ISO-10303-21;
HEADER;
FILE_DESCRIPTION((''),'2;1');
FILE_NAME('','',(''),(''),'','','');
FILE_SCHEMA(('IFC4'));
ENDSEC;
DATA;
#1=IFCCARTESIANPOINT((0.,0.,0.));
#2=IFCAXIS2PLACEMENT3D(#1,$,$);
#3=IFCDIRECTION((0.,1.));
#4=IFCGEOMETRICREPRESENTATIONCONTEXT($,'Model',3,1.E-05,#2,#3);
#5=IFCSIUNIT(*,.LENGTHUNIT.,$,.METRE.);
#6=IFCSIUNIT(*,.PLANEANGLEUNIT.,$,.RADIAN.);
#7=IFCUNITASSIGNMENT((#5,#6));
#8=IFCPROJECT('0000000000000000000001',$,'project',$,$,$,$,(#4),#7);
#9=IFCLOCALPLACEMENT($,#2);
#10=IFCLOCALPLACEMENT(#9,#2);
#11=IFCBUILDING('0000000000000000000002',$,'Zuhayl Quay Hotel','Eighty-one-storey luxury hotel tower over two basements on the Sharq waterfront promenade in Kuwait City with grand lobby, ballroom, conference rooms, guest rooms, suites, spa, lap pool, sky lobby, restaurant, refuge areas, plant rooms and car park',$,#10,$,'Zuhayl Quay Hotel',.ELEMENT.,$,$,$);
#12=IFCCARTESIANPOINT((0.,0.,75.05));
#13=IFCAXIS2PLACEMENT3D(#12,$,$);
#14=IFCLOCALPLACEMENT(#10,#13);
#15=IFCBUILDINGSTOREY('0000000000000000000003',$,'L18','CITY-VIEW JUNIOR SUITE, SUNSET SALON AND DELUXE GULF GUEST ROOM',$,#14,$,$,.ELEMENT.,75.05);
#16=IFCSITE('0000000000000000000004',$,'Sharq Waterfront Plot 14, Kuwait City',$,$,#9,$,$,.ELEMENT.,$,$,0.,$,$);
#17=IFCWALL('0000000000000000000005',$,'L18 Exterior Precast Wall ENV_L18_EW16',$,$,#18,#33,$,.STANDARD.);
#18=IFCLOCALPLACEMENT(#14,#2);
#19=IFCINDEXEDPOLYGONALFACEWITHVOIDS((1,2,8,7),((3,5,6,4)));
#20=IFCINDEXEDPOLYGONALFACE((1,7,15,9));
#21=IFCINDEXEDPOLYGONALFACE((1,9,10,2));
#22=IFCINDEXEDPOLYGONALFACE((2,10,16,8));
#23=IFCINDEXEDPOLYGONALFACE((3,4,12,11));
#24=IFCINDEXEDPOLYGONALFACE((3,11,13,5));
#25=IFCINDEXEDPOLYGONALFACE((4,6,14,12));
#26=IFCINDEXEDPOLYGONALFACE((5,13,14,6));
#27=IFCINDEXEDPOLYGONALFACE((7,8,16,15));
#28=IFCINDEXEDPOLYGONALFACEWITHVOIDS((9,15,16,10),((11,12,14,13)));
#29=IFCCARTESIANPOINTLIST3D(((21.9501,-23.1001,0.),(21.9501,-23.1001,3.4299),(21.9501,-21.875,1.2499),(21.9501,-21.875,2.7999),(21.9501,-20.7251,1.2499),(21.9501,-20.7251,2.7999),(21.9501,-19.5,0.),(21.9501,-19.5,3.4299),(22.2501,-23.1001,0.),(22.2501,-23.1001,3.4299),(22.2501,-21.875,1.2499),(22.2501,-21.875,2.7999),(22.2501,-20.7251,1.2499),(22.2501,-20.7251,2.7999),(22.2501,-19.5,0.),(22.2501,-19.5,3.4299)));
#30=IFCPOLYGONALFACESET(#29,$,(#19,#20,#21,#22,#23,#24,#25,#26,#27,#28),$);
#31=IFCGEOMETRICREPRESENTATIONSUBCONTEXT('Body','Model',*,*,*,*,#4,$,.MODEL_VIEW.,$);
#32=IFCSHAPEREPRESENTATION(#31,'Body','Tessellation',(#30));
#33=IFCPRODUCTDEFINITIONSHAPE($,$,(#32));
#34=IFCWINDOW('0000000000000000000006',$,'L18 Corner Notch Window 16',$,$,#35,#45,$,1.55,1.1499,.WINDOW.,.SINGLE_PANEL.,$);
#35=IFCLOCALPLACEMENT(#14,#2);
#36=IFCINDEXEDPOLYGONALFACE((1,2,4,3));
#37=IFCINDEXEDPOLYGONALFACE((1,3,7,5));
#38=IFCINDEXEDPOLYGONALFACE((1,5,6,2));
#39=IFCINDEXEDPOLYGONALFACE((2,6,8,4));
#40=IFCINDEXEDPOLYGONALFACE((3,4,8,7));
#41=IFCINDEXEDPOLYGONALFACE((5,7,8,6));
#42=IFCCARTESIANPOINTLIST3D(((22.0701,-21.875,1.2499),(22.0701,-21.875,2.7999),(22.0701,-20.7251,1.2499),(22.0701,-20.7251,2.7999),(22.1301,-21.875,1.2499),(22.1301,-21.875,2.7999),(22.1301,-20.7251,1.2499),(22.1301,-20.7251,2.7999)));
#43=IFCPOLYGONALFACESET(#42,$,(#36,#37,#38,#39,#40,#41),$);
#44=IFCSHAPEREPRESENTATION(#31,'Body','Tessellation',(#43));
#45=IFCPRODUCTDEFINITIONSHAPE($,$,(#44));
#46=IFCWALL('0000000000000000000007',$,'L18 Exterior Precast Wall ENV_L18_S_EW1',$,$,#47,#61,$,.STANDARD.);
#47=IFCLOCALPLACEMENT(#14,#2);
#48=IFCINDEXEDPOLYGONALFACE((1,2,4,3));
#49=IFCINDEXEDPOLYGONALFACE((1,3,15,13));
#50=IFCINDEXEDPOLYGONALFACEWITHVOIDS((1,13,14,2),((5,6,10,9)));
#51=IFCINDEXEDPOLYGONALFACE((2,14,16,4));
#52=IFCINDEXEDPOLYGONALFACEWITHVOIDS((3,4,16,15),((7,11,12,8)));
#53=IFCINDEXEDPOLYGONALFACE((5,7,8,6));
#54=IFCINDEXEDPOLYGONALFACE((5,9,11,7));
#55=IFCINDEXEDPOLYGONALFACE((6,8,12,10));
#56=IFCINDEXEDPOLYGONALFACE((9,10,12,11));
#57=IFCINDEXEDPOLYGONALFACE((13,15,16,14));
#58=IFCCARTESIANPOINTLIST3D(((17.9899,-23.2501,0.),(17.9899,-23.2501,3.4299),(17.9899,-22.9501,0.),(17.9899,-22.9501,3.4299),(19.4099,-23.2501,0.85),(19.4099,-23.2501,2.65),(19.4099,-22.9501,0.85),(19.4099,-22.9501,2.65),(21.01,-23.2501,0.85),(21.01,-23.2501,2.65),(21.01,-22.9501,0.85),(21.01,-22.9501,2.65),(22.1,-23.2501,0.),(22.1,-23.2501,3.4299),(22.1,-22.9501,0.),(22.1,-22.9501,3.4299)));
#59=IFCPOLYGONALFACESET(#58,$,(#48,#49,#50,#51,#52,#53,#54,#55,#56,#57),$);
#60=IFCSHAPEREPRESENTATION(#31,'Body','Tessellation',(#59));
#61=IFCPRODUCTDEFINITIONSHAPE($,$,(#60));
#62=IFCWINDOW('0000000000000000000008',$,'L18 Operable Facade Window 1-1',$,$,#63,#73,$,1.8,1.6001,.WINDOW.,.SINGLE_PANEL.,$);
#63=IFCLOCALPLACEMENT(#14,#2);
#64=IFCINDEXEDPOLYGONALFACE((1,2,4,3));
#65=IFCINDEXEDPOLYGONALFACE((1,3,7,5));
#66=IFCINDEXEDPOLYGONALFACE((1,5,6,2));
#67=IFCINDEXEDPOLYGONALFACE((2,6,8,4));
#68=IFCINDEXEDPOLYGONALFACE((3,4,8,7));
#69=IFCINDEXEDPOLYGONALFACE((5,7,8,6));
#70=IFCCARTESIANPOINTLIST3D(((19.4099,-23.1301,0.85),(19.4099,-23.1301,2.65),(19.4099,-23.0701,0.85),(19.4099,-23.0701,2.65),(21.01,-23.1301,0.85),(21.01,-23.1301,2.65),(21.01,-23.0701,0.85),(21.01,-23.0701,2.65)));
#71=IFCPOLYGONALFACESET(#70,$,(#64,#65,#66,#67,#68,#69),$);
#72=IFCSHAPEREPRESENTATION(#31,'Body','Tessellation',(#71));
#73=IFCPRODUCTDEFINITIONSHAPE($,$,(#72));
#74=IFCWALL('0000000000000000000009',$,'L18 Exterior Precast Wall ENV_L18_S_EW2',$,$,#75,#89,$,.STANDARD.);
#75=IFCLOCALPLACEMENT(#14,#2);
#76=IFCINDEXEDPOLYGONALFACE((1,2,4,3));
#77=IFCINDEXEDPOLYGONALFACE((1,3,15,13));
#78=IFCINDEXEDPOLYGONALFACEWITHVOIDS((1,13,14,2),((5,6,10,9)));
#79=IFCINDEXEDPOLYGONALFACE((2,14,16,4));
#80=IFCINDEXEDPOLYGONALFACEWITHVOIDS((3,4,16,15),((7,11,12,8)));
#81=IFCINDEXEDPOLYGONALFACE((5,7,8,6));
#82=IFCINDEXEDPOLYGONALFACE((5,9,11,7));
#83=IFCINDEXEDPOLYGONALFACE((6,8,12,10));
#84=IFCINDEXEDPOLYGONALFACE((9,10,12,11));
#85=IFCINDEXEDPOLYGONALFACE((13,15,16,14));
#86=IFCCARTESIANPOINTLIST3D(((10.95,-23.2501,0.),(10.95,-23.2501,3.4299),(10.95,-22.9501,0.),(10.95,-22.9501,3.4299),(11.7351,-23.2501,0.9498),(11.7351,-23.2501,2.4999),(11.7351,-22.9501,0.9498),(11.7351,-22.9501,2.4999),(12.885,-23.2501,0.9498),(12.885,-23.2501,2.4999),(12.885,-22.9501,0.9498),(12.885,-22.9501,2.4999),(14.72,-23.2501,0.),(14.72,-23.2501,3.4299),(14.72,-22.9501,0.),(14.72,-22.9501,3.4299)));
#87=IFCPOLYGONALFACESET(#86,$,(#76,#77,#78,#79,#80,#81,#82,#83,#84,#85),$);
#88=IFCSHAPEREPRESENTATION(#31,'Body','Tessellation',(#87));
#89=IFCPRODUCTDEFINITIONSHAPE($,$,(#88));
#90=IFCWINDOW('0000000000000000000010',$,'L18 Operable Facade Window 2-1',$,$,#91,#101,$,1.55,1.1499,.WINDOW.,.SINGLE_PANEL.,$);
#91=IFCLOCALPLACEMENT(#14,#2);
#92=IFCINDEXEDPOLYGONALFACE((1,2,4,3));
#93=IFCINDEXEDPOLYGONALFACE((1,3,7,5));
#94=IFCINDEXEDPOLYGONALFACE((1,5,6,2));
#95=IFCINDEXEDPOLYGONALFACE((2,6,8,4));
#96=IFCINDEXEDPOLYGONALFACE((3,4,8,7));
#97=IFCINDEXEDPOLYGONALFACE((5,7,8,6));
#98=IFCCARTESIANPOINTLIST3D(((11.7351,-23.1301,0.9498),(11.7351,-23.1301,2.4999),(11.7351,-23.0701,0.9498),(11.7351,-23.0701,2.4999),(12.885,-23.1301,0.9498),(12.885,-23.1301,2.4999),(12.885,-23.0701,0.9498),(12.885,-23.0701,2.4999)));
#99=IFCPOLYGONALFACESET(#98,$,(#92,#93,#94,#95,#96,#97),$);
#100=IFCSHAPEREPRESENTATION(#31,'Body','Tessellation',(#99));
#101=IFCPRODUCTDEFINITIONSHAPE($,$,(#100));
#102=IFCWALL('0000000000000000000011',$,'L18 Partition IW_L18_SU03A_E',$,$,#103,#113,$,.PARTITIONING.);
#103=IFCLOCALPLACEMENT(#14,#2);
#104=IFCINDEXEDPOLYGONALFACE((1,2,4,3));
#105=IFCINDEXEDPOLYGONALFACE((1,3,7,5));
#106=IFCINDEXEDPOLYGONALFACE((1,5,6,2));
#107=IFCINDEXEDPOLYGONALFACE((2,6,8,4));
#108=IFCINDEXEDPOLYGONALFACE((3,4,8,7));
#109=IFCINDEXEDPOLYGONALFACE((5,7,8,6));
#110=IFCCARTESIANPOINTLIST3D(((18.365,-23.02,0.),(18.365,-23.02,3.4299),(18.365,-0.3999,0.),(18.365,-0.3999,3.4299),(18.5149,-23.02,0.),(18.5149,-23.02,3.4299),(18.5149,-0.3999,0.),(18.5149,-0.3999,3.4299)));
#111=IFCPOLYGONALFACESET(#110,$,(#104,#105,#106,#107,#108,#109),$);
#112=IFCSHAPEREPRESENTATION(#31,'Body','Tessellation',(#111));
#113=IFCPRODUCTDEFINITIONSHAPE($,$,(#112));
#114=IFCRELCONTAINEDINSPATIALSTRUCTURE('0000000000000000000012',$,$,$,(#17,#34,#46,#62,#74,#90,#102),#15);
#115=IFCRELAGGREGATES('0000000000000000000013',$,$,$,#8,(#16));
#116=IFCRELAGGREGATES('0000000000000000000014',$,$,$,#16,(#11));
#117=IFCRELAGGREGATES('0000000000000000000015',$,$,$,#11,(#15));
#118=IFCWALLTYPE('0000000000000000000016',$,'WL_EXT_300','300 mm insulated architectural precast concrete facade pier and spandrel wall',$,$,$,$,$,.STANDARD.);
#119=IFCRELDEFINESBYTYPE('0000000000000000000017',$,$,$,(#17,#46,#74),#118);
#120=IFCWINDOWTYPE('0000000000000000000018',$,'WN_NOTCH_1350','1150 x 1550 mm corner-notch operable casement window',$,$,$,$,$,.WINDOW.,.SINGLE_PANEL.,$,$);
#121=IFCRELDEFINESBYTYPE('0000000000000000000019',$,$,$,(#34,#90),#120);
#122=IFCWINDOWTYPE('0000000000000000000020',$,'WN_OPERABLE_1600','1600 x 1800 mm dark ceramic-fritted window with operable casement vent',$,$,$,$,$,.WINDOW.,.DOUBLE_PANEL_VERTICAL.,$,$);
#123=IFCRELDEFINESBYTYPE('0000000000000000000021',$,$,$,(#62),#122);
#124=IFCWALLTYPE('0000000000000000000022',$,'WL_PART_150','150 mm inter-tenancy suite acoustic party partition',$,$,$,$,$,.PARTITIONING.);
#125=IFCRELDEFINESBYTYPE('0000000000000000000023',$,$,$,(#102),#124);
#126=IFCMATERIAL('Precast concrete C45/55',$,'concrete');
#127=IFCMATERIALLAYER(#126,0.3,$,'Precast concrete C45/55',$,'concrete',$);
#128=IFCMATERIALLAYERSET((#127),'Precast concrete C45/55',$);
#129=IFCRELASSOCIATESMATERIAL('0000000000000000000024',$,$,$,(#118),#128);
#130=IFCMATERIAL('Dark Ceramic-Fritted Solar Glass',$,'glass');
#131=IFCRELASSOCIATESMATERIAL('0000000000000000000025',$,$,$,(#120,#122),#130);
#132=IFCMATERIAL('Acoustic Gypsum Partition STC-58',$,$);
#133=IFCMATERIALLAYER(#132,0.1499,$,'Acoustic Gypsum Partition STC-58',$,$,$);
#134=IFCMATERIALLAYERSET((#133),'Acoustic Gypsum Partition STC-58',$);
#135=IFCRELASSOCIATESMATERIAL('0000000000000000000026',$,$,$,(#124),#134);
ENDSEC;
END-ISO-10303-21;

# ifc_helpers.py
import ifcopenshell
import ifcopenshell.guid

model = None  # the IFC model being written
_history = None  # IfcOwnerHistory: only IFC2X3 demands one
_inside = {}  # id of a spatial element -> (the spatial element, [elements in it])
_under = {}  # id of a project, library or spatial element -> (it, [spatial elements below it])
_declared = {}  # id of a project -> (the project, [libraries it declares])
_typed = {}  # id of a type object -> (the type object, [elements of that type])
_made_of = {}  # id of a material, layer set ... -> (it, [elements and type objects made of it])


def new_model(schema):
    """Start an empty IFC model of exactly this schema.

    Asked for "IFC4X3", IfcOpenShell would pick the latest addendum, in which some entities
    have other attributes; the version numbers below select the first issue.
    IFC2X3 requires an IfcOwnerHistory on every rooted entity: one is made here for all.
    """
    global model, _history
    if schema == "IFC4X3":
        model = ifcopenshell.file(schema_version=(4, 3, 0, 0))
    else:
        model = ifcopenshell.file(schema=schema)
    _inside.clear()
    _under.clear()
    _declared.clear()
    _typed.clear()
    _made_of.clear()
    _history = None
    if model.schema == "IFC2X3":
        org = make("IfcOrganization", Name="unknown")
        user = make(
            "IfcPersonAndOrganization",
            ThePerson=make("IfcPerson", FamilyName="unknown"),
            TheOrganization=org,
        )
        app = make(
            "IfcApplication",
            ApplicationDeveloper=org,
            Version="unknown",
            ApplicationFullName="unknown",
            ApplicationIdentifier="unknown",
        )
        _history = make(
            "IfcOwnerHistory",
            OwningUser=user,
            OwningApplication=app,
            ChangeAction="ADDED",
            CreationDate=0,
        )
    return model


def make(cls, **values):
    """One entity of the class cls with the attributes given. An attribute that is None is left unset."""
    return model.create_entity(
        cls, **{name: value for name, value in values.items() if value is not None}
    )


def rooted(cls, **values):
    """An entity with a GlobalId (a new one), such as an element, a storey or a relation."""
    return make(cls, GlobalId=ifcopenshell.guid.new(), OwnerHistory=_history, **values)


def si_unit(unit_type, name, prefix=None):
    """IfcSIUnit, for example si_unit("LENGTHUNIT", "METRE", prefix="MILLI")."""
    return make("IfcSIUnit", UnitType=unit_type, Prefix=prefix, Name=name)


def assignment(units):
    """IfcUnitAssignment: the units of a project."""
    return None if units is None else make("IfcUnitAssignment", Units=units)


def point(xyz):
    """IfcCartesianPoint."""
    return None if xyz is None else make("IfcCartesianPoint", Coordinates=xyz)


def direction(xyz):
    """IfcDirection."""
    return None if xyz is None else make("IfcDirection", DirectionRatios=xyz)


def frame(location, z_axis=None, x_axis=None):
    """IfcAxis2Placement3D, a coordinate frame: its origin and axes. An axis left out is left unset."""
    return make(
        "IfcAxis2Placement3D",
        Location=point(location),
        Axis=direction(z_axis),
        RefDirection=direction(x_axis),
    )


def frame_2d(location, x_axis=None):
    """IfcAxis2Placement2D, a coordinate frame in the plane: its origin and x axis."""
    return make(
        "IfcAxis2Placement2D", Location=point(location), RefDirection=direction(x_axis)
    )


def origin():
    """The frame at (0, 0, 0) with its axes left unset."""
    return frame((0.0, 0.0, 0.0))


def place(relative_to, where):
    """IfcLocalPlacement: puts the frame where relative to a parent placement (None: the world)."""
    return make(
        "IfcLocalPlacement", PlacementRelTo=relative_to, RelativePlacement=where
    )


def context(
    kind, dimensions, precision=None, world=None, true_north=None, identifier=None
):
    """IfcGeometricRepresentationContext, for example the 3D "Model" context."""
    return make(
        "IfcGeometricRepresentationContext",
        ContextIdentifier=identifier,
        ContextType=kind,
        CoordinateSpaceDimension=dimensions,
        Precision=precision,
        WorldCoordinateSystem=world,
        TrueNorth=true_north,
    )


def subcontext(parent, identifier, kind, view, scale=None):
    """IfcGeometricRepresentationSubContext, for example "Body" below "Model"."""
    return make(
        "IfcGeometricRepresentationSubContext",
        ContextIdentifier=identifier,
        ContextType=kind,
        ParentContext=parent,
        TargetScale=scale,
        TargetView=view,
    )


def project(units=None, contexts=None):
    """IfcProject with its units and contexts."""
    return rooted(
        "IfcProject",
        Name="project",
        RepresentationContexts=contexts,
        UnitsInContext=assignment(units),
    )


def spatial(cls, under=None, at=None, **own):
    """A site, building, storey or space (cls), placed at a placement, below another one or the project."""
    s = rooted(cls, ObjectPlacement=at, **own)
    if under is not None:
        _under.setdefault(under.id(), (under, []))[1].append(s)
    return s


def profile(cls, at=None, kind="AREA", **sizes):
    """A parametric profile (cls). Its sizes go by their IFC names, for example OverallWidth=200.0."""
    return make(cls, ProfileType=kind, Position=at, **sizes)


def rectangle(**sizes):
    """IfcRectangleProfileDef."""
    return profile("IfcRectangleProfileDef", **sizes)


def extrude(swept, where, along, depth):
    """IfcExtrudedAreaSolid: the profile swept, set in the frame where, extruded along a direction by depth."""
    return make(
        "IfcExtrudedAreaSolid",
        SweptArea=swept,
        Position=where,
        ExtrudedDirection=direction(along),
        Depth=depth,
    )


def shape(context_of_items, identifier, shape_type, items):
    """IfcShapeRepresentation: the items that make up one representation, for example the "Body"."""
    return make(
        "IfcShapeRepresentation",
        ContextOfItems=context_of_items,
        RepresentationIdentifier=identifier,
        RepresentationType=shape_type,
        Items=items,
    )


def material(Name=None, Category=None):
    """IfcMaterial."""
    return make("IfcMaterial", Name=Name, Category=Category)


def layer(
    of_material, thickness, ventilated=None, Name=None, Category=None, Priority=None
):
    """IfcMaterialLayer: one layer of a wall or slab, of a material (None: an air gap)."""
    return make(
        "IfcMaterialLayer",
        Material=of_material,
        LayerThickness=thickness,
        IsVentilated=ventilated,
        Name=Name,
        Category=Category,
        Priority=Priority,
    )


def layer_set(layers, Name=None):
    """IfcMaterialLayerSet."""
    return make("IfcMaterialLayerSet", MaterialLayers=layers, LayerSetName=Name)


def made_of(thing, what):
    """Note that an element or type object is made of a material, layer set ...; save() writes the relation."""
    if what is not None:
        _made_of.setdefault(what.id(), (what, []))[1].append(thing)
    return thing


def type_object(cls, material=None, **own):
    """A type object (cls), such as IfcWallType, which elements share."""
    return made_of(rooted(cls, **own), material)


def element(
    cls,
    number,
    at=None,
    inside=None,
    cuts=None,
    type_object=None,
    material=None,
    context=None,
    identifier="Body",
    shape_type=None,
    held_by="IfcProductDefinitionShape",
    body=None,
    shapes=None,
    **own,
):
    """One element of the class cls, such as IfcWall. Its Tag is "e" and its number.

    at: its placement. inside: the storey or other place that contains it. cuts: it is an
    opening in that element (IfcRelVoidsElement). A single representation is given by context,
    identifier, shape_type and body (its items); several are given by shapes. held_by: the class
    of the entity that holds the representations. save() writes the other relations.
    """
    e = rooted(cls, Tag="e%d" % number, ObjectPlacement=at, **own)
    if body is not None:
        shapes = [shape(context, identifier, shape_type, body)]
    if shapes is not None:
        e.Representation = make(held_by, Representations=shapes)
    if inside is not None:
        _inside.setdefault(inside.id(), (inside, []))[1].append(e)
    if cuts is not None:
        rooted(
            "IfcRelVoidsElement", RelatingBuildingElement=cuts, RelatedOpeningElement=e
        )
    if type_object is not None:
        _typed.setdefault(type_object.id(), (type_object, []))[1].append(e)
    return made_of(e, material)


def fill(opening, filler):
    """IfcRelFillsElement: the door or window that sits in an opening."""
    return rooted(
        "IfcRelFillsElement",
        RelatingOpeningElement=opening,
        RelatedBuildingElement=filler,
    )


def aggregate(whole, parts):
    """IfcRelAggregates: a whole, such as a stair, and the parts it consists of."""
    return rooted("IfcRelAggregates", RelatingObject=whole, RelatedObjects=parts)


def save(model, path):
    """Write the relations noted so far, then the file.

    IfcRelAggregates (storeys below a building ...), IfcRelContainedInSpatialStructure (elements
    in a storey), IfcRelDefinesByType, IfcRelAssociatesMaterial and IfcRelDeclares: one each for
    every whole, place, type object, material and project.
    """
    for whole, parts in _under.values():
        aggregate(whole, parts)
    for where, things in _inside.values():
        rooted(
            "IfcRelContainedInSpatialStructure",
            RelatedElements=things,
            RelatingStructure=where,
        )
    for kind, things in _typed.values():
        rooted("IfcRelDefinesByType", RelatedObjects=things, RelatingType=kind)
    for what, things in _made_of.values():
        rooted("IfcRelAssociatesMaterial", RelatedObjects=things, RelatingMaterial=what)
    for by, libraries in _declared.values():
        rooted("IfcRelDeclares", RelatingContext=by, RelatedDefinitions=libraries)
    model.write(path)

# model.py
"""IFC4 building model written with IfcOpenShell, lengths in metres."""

from ifc_helpers import new_model, si_unit, direction, frame, frame_2d, origin, place, context, subcontext, project, spatial, rectangle, extrude, material, layer, layer_set, type_object, element, fill, save


model = new_model("IFC4")

# Units and contexts
model_context = context("Model", 3, precision=1e-05, world=origin(), true_north=direction((0.0, 1.0)))
body_context = subcontext(model_context, "Body", "Model", "MODEL_VIEW")
ifc_project = project(units=[si_unit("LENGTHUNIT", "METRE"), si_unit("PLANEANGLEUNIT", "RADIAN")], contexts=[model_context])

# Site, building, storey
site_placement = place(None, origin())
site = spatial("IfcSite", under=ifc_project, at=site_placement, Name="Sharq Waterfront Plot 14, Kuwait City", CompositionType="ELEMENT", RefElevation=0.0)
building_placement = place(site_placement, origin())
building = spatial("IfcBuilding", under=site, at=building_placement, Name="Zuhayl Quay Hotel", Description="Eighty-one-storey luxury hotel tower over two basements on the Sharq waterfront promenade in Kuwait City with grand lobby, ballroom, conference rooms, guest rooms, suites, spa, lap pool, sky lobby, restaurant, refuge areas, plant rooms and car park", LongName="Zuhayl Quay Hotel", CompositionType="ELEMENT")
storey_placement = place(building_placement, frame((0.0, 0.0, 75.05)))
storey = spatial("IfcBuildingStorey", under=building, at=storey_placement, Name="L18", Description="CITY-VIEW JUNIOR SUITE, SUNSET SALON AND DELUXE GULF GUEST ROOM", CompositionType="ELEMENT", Elevation=75.05)

# Shared definitions
ifc_material_1 = material(Name="Dark Ceramic-Fritted Solar Glass", Category="glass")

# Shared definitions
ifc_material_2 = material(Name="Precast concrete C45/55", Category="concrete")
ifc_layer_1 = layer(ifc_material_2, 0.3, Name="Precast concrete C45/55", Category="concrete")
ifc_layer_set_1 = layer_set([ifc_layer_1], Name="Precast concrete C45/55")
wall_type_1 = type_object("IfcWallType", Name="WL_EXT_300", Description="300 mm insulated architectural precast concrete facade pier and spandrel wall", PredefinedType="STANDARD", material=ifc_layer_set_1)

# Walls, openings, windows
window_type_1 = type_object("IfcWindowType", Name="WN_NOTCH_1350", Description="1150 x 1550 mm corner-notch operable casement window", PartitioningType="SINGLE_PANEL", PredefinedType="WINDOW", material=ifc_material_1)
wall_1_placement = place(storey_placement, frame((22.1001, -19.5, 0.0), z_axis=(0.0, 0.0, 1.0), x_axis=(0.0, -1.0, 0.0)))
wall_1 = element("IfcWall", 1, at=wall_1_placement, inside=storey, type_object=wall_type_1, Name="L18 Exterior Precast Wall ENV_L18_EW16", PredefinedType="STANDARD", context=body_context, shape_type="SweptSolid", body=[
    extrude(rectangle(XDim=3.6001, YDim=0.3, at=frame_2d((1.8, 0.0))), origin(), (0.0, 0.0, 1.0), 3.4299),
])
opening_1_placement = place(wall_1_placement, frame((1.2251, 0.0, 1.25)))
opening_1 = element("IfcOpeningElement", 2, at=opening_1_placement, cuts=wall_1, PredefinedType="OPENING", context=body_context, shape_type="SweptSolid", body=[
    extrude(rectangle(XDim=1.1499, YDim=1.55, at=frame_2d((0.575, 0.7749))), frame((0.0, 0.1599, 0.0), z_axis=(0.0, -1.0, 0.0), x_axis=(1.0, 0.0, 0.0)), (0.0, 0.0, 1.0), 0.3201),
])
window_1_placement = place(opening_1_placement, origin())
window_1 = element("IfcWindow", 3, at=window_1_placement, inside=storey, type_object=window_type_1, Name="L18 Corner Notch Window 16", OverallHeight=1.55, OverallWidth=1.1499, PartitioningType="SINGLE_PANEL", PredefinedType="WINDOW", context=body_context, shape_type="SweptSolid", body=[
    extrude(rectangle(XDim=1.1499, YDim=1.55, at=frame_2d((0.575, 0.7749))), frame((0.0, 0.03, 0.0), z_axis=(0.0, -1.0, 0.0), x_axis=(1.0, 0.0, 0.0)), (0.0, 0.0, 1.0), 0.0601),
])
fill(opening_1, window_1)
wall_2_placement = place(storey_placement, frame((22.1001, -23.1001, 0.0), z_axis=(0.0, 0.0, 1.0), x_axis=(-1.0, 0.0, 0.0)))
wall_2 = element("IfcWall", 4, at=wall_2_placement, inside=storey, type_object=wall_type_1, Name="L18 Exterior Precast Wall ENV_L18_S_EW1", PredefinedType="STANDARD", context=body_context, shape_type="SweptSolid", body=[
    extrude(rectangle(XDim=4.1101, YDim=0.3, at=frame_2d((2.0552, 0.0))), origin(), (0.0, 0.0, 1.0), 3.4299),
])
opening_2_placement = place(wall_2_placement, frame((1.0901, 0.0, 0.8501)))
opening_2 = element("IfcOpeningElement", 5, at=opening_2_placement, cuts=wall_2, PredefinedType="OPENING", context=body_context, shape_type="SweptSolid", body=[
    extrude(rectangle(XDim=1.6001, YDim=1.8, at=frame_2d((0.8, 0.8999))), frame((0.0, 0.1599, 0.0), z_axis=(0.0, -1.0, 0.0), x_axis=(1.0, 0.0, 0.0)), (0.0, 0.0, 1.0), 0.3201),
])
window_type_2 = type_object("IfcWindowType", Name="WN_OPERABLE_1600", Description="1600 x 1800 mm dark ceramic-fritted window with operable casement vent", PartitioningType="DOUBLE_PANEL_VERTICAL", PredefinedType="WINDOW", material=ifc_material_1)
window_2_placement = place(opening_2_placement, origin())
window_2 = element("IfcWindow", 6, at=window_2_placement, inside=storey, type_object=window_type_2, Name="L18 Operable Facade Window 1-1", OverallHeight=1.8, OverallWidth=1.6001, PartitioningType="SINGLE_PANEL", PredefinedType="WINDOW", context=body_context, shape_type="SweptSolid", body=[
    extrude(rectangle(XDim=1.6001, YDim=1.8, at=frame_2d((0.8, 0.8999))), frame((0.0, 0.03, 0.0), z_axis=(0.0, -1.0, 0.0), x_axis=(1.0, 0.0, 0.0)), (0.0, 0.0, 1.0), 0.0601),
])
fill(opening_2, window_2)
wall_3_placement = place(storey_placement, frame((14.72, -23.1001, 0.0), z_axis=(0.0, 0.0, 1.0), x_axis=(-1.0, 0.0, 0.0)))
wall_3 = element("IfcWall", 7, at=wall_3_placement, inside=storey, type_object=wall_type_1, Name="L18 Exterior Precast Wall ENV_L18_S_EW2", PredefinedType="STANDARD", context=body_context, shape_type="SweptSolid", body=[
    extrude(rectangle(XDim=3.77, YDim=0.3, at=frame_2d((1.885, 0.0))), origin(), (0.0, 0.0, 1.0), 3.4299),
])
opening_3_placement = place(wall_3_placement, frame((1.835, 0.0, 0.95)))
opening_3 = element("IfcOpeningElement", 8, at=opening_3_placement, cuts=wall_3, PredefinedType="OPENING", context=body_context, shape_type="SweptSolid", body=[
    extrude(rectangle(XDim=1.1499, YDim=1.55, at=frame_2d((0.575, 0.7749))), frame((0.0, 0.1599, 0.0), z_axis=(0.0, -1.0, 0.0), x_axis=(1.0, 0.0, 0.0)), (0.0, 0.0, 1.0), 0.3201),
])
window_3_placement = place(opening_3_placement, origin())
window_3 = element("IfcWindow", 9, at=window_3_placement, inside=storey, type_object=window_type_1, Name="L18 Operable Facade Window 2-1", OverallHeight=1.55, OverallWidth=1.1499, PartitioningType="SINGLE_PANEL", PredefinedType="WINDOW", context=body_context, shape_type="SweptSolid", body=[
    extrude(rectangle(XDim=1.1499, YDim=1.55, at=frame_2d((0.575, 0.7749))), frame((0.0, 0.03, 0.0), z_axis=(0.0, -1.0, 0.0), x_axis=(1.0, 0.0, 0.0)), (0.0, 0.0, 1.0), 0.0601),
])
fill(opening_3, window_3)

# Wall
ifc_material_3 = material(Name="Acoustic Gypsum Partition STC-58")
ifc_layer_2 = layer(ifc_material_3, 0.1499, Name="Acoustic Gypsum Partition STC-58")
ifc_layer_set_2 = layer_set([ifc_layer_2], Name="Acoustic Gypsum Partition STC-58")
wall_type_2 = type_object("IfcWallType", Name="WL_PART_150", Description="150 mm inter-tenancy suite acoustic party partition", PredefinedType="PARTITIONING", material=ifc_layer_set_2)
wall_4_placement = place(storey_placement, frame((18.4399, -23.02, 0.0), z_axis=(0.0, 0.0, 1.0), x_axis=(0.0, 1.0, 0.0)))
element("IfcWall", 10, at=wall_4_placement, inside=storey, type_object=wall_type_2, Name="L18 Partition IW_L18_SU03A_E", PredefinedType="PARTITIONING", context=body_context, shape_type="SweptSolid", body=[
    extrude(rectangle(XDim=22.6201, YDim=0.1499, at=frame_2d((11.3101, 0.0))), origin(), (0.0, 0.0, 1.0), 3.4299),
])

save(model, "model.ifc")
